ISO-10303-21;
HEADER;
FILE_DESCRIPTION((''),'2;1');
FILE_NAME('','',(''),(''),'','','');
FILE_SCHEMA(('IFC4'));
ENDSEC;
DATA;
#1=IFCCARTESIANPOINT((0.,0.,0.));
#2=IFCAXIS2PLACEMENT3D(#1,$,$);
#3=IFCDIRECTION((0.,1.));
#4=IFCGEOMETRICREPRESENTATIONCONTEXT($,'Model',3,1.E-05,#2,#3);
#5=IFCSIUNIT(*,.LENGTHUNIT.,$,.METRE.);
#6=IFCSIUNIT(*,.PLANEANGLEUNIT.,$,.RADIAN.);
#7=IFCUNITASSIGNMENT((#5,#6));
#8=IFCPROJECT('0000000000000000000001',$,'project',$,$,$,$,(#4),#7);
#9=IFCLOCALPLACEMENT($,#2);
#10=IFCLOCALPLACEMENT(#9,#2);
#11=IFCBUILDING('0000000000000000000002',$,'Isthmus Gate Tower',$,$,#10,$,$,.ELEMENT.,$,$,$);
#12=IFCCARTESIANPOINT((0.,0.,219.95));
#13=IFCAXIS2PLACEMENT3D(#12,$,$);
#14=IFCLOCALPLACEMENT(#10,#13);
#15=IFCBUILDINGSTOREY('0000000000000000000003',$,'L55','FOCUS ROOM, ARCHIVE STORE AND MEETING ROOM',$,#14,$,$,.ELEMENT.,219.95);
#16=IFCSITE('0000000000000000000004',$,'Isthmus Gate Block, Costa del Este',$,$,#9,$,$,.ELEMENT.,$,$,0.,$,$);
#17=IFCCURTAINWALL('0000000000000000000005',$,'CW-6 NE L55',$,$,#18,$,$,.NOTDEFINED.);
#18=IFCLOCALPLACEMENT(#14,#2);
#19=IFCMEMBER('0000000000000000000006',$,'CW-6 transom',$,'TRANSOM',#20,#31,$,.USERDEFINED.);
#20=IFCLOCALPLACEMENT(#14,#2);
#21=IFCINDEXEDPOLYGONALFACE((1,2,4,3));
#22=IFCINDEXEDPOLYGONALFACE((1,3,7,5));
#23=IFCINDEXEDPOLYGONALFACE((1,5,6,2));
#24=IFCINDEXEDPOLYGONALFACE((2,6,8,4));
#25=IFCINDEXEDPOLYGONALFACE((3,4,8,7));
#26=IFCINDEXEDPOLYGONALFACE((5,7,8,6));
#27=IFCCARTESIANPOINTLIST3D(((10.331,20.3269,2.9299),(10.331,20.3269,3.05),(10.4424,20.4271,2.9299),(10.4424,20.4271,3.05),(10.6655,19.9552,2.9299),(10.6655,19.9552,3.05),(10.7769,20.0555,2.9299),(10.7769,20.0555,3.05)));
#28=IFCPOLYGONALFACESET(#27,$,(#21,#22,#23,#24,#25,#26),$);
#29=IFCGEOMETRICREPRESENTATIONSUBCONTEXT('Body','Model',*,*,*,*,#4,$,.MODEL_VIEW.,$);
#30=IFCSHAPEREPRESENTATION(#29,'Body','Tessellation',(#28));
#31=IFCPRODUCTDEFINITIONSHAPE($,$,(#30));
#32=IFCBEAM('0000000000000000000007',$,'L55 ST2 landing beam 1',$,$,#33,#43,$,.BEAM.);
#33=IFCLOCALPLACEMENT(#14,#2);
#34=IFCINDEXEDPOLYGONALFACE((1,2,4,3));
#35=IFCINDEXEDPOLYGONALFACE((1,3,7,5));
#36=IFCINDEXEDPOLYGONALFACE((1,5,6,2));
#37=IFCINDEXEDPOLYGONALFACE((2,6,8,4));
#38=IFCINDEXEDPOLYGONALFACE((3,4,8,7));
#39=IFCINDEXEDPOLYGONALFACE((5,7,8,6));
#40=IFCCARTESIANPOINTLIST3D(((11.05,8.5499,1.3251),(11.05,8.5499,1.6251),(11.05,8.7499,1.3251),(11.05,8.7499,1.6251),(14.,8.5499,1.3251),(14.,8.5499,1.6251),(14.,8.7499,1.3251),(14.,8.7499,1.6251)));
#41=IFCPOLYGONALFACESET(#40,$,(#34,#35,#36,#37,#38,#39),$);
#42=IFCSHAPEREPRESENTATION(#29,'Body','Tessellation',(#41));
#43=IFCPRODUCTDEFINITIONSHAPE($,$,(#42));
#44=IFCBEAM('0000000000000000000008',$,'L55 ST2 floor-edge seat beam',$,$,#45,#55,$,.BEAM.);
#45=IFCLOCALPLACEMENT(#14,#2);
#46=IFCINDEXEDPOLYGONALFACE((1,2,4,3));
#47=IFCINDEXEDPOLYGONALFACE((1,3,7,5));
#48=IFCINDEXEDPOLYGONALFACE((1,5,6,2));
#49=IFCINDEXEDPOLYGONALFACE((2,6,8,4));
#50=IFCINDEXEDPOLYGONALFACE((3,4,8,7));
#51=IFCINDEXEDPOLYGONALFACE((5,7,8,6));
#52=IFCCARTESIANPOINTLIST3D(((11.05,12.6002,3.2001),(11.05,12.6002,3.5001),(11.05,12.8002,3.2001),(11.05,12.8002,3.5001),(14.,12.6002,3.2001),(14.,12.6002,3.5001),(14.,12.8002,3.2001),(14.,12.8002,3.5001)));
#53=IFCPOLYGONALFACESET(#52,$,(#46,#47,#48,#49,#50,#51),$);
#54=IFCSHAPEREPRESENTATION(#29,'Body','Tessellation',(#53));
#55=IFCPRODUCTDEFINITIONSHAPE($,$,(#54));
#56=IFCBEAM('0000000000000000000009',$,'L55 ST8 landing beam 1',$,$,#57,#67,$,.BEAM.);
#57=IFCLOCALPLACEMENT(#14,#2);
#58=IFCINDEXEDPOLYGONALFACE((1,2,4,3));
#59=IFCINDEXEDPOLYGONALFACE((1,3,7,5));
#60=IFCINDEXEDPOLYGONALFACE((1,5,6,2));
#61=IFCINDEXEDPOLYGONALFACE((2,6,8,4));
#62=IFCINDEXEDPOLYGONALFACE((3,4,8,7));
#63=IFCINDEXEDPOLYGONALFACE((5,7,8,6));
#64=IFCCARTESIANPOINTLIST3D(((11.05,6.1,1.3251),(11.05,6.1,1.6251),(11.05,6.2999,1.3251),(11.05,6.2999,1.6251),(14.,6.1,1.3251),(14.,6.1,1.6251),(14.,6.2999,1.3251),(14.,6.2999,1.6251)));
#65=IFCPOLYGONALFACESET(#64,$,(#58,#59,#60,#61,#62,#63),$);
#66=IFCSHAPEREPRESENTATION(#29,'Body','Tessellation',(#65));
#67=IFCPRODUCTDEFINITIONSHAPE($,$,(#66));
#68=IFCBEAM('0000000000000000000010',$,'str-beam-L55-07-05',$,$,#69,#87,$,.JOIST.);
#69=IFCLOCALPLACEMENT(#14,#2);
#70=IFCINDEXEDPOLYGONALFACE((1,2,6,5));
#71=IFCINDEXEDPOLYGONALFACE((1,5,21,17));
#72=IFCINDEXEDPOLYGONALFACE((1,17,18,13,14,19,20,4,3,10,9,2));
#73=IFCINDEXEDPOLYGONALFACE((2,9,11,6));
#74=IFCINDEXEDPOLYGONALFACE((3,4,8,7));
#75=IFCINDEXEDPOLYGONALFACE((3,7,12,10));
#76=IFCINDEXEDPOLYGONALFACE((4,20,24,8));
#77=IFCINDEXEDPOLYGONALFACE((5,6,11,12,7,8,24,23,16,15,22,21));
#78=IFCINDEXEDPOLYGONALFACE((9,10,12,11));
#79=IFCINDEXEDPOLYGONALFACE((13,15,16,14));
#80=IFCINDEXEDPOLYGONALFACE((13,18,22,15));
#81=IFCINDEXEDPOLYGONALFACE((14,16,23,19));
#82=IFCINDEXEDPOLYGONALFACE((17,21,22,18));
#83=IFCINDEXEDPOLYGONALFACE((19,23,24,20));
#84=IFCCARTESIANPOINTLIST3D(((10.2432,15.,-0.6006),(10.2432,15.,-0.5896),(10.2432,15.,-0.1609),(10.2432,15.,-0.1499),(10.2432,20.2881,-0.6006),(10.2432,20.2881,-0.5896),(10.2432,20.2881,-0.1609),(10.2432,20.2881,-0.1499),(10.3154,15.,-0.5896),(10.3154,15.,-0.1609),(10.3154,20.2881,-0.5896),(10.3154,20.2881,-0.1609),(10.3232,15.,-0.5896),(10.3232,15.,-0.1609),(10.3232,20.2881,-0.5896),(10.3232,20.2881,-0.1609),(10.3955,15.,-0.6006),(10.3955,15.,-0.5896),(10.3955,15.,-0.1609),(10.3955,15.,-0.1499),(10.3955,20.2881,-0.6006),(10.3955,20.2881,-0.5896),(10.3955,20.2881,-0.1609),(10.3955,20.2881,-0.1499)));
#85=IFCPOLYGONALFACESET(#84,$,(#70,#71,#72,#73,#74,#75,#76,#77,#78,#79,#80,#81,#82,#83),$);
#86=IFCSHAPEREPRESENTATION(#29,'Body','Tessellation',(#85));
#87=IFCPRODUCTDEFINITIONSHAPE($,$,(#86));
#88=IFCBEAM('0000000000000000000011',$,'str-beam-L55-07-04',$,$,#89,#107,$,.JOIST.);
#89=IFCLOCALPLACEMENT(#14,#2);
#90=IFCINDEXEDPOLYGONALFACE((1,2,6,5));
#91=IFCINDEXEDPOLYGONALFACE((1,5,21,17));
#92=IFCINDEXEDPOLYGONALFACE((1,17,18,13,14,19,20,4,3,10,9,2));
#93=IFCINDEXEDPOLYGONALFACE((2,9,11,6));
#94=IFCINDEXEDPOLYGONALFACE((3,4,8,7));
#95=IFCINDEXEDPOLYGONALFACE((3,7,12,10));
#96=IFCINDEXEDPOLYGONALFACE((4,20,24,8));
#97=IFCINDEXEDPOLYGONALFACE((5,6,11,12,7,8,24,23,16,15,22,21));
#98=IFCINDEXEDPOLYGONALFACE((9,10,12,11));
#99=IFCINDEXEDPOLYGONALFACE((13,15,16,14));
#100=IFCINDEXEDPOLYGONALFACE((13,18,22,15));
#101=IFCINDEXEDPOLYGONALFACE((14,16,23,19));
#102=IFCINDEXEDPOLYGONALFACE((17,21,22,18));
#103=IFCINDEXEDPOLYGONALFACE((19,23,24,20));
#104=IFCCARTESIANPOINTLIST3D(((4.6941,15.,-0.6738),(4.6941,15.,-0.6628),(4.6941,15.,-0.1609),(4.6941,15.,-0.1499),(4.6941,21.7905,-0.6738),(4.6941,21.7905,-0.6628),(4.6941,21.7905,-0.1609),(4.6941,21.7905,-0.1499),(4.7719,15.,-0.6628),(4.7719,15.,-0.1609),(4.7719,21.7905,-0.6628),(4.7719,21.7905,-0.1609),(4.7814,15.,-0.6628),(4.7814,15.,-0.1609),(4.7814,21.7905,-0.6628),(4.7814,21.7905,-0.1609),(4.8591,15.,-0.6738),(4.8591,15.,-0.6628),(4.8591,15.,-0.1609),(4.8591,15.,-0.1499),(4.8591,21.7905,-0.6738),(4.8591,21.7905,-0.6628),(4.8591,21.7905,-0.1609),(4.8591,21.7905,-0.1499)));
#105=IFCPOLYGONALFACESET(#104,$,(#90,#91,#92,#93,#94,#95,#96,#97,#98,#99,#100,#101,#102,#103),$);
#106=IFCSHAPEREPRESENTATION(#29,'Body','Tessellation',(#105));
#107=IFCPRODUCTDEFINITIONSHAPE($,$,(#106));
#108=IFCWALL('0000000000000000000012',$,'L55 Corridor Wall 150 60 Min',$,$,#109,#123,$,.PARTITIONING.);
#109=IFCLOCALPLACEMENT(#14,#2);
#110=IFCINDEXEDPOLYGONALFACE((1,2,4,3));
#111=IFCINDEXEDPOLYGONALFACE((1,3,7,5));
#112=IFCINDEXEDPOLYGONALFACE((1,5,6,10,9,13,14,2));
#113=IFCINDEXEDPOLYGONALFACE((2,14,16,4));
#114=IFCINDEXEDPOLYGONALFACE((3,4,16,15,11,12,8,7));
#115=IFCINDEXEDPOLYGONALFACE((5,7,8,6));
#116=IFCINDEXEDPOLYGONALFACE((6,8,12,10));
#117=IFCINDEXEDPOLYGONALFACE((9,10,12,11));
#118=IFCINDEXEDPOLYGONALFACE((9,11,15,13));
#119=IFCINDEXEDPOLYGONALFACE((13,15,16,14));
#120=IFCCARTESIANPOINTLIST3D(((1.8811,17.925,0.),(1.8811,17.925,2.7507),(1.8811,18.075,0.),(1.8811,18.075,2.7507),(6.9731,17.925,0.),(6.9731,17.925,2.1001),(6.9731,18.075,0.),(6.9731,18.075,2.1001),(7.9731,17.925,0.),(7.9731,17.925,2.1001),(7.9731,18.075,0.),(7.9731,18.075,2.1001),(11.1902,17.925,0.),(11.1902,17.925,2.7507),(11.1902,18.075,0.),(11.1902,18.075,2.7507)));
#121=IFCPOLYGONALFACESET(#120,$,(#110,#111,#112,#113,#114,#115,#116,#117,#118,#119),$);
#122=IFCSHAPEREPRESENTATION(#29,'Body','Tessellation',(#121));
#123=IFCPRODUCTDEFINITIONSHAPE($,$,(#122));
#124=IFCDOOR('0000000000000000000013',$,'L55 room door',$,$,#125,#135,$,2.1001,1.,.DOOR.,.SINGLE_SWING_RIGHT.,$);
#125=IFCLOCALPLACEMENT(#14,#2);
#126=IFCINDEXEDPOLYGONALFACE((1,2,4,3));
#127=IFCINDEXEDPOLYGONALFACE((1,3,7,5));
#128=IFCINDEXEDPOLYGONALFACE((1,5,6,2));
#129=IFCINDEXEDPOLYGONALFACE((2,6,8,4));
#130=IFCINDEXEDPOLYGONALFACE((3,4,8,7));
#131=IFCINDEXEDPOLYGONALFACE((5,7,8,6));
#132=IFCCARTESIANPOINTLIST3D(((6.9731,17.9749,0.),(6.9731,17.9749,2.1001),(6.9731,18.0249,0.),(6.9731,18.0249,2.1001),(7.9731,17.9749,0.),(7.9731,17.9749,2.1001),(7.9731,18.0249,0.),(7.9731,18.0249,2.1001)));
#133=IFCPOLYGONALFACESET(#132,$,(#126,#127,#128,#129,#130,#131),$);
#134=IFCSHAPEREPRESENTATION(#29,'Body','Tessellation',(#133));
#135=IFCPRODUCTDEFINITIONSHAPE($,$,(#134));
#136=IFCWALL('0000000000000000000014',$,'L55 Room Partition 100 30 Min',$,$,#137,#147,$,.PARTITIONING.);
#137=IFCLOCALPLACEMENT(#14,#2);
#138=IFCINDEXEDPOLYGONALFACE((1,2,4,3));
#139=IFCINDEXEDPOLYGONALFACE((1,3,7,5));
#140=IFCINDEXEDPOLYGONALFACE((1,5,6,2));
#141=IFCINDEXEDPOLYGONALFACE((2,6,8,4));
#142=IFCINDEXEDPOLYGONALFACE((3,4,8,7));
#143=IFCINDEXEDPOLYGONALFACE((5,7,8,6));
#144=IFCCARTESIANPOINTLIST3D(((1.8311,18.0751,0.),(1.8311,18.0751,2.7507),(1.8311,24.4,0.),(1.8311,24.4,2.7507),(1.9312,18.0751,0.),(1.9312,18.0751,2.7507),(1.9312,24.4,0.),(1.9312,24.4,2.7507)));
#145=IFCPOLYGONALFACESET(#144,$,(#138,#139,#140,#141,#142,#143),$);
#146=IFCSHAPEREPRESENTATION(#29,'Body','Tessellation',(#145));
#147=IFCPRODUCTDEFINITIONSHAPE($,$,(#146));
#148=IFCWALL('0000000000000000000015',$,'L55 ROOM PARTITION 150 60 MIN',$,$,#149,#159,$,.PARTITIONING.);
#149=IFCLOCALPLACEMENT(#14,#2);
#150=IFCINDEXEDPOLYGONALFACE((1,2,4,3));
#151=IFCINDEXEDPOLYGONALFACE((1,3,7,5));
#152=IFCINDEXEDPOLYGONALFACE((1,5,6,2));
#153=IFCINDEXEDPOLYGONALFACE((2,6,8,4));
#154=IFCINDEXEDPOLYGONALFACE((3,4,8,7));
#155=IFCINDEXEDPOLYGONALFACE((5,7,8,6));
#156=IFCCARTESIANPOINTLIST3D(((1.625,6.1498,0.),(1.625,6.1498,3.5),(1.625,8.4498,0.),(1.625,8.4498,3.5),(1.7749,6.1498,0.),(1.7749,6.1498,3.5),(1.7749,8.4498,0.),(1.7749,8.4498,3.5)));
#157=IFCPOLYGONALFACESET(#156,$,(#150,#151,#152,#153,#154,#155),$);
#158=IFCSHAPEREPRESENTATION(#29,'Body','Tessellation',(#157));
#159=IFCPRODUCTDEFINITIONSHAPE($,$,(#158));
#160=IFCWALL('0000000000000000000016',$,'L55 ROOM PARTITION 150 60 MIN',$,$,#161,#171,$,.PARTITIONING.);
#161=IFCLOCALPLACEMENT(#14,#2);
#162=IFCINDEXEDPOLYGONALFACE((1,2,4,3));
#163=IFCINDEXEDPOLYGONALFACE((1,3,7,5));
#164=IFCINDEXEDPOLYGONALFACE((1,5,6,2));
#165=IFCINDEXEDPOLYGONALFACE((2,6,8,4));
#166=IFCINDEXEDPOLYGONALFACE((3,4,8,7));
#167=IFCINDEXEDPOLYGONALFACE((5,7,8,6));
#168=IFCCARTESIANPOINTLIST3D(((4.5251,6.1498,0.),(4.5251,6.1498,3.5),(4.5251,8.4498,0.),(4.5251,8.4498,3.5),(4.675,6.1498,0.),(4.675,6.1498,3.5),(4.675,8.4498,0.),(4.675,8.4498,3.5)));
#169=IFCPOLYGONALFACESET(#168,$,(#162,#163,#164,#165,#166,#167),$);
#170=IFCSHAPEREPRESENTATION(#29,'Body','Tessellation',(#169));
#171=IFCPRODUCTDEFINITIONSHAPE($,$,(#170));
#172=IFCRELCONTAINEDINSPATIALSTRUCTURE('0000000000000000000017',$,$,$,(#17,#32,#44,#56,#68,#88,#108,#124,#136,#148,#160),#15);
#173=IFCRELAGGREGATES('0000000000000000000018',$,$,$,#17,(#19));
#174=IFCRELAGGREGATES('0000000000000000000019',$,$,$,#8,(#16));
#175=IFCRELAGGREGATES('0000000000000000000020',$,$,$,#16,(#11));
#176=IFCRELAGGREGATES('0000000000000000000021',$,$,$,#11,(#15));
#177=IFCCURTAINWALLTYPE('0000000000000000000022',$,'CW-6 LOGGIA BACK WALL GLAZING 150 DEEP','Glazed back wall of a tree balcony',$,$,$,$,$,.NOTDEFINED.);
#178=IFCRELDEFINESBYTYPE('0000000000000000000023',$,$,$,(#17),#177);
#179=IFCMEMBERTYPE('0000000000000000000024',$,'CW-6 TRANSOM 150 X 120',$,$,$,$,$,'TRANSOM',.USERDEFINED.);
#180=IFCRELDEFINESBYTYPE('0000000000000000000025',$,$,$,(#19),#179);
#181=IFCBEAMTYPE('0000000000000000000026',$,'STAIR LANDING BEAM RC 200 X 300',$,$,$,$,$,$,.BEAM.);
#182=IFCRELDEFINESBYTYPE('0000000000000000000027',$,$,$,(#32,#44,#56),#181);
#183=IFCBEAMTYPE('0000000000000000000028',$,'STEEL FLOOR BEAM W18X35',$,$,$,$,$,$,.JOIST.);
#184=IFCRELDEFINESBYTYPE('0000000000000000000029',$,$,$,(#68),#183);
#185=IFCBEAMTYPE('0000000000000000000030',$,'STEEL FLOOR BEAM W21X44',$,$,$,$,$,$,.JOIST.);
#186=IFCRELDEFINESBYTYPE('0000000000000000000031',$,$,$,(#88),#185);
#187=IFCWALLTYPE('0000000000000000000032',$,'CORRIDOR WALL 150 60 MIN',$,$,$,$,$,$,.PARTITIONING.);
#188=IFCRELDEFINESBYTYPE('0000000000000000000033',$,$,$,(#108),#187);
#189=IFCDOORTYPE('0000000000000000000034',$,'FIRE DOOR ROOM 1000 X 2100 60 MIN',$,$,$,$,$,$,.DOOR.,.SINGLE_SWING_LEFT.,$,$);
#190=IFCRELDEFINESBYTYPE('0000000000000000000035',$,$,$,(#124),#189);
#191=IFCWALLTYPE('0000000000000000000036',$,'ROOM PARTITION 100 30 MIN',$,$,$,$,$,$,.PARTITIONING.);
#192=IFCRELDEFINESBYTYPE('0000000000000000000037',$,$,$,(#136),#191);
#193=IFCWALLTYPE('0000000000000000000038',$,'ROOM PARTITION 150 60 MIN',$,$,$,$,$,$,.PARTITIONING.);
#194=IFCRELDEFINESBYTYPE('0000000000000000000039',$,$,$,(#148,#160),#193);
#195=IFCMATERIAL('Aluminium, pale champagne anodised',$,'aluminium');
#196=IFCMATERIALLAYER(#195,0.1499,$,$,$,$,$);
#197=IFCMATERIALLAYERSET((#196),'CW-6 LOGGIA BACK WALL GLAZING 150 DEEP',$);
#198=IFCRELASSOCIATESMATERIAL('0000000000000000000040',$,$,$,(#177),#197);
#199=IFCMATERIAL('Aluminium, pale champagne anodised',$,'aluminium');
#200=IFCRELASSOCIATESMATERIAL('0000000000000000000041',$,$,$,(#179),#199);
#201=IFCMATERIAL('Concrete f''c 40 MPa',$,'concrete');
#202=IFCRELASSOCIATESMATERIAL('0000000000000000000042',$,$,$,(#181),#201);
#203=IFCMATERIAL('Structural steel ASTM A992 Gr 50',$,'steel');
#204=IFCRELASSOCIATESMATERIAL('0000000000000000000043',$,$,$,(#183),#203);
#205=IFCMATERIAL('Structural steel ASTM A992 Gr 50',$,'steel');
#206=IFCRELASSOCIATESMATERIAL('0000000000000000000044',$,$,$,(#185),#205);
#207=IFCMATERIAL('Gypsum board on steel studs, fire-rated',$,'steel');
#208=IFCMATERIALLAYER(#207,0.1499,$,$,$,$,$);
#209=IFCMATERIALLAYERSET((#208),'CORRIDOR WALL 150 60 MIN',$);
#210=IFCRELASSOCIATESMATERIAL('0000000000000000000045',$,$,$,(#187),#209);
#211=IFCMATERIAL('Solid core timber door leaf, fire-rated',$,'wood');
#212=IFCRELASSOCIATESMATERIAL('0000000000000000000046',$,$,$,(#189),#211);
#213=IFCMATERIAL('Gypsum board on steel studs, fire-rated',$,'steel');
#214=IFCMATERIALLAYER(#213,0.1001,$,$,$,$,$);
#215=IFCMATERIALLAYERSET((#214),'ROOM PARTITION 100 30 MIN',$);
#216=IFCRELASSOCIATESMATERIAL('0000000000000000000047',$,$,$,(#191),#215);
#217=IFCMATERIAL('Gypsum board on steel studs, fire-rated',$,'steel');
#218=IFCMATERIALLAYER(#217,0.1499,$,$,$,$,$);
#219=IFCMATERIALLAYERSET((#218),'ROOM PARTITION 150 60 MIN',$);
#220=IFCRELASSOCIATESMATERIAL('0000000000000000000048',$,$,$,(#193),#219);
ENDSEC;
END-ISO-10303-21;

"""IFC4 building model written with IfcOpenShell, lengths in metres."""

from ifc_helpers import new_model, si_unit, direction, frame, frame_2d, origin, origin_2d, place, context, subcontext, project, spatial, rectangle, i_section, extrude, material, layer, layer_set, material_profile, profile_set, type_object, element, fill, aggregate, save


model = new_model("IFC4")

# Units and contexts
model_context = context("Model", 3, precision=1e-05, world=origin(), true_north=direction((0.0, 1.0)))
body_context = subcontext(model_context, "Body", "Model", "MODEL_VIEW")
ifc_project = project(units=[si_unit("LENGTHUNIT", "METRE"), si_unit("PLANEANGLEUNIT", "RADIAN")], contexts=[model_context])

# Site, building, storey
site_placement = place(None, origin())
site = spatial("IfcSite", under=ifc_project, at=site_placement, Name="Isthmus Gate Block, Costa del Este", CompositionType="ELEMENT", RefElevation=0.0)
building_placement = place(site_placement, origin())
building = spatial("IfcBuilding", under=site, at=building_placement, Name="Isthmus Gate Tower", CompositionType="ELEMENT")
storey_placement = place(building_placement, frame((0.0, 0.0, 219.95)))
storey = spatial("IfcBuildingStorey", under=building, at=storey_placement, Name="L55", Description="FOCUS ROOM, ARCHIVE STORE AND MEETING ROOM", CompositionType="ELEMENT", Elevation=219.95)

# Curtain wall, member
ifc_material_1 = material(Name="Aluminium, pale champagne anodised", Category="aluminium")
ifc_layer_1 = layer(ifc_material_1, 0.1499)
ifc_layer_set_1 = layer_set([ifc_layer_1], Name="CW-6 LOGGIA BACK WALL GLAZING 150 DEEP")
curtain_wall_type = type_object("IfcCurtainWallType", Name="CW-6 LOGGIA BACK WALL GLAZING 150 DEEP", Description="Glazed back wall of a tree balcony", PredefinedType="NOTDEFINED", material=ifc_layer_set_1)
curtain_wall_placement = place(storey_placement, origin())
curtain_wall = element("IfcCurtainWall", 1, at=curtain_wall_placement, inside=storey, type_object=curtain_wall_type, Name="CW-6 NE L55", PredefinedType="NOTDEFINED")
ifc_material_2 = material(Name="Aluminium, pale champagne anodised", Category="aluminium")
ifc_material_profile_1 = material_profile(ifc_material_2, rectangle(XDim=0.1499, YDim=0.1201, at=origin_2d()), Name="150x120")
ifc_profile_set_1 = profile_set([ifc_material_profile_1], Name="Aluminium, pale champagne anodised")
member_type = type_object("IfcMemberType", Name="CW-6 TRANSOM 150 X 120", ElementType="TRANSOM", PredefinedType="USERDEFINED", material=ifc_profile_set_1)
member_placement = place(storey_placement, frame((10.7212, 20.0054, 2.99), z_axis=(-0.669019, 0.743246, 0.0), x_axis=(-0.743246, -0.669019, 0.0)))
member = element("IfcMember", 2, at=member_placement, type_object=member_type, Name="CW-6 transom", ObjectType="TRANSOM", PredefinedType="USERDEFINED", context=body_context, shape_type="SweptSolid", body=[
    extrude(rectangle(XDim=0.1499, YDim=0.1201, at=origin_2d()), origin(), (0.0, 0.0, 1.0), 0.5),
])
aggregate(curtain_wall, [member])

# Beams
ifc_material_3 = material(Name="Concrete f'c 40 MPa", Category="concrete")
ifc_material_profile_2 = material_profile(ifc_material_3, rectangle(XDim=0.2, YDim=0.3, at=origin_2d()), Name="STAIR LANDING BEAM RC 200 X 300")
ifc_profile_set_2 = profile_set([ifc_material_profile_2], Name="Concrete f'c 40 MPa")
beam_type_1 = type_object("IfcBeamType", Name="STAIR LANDING BEAM RC 200 X 300", PredefinedType="BEAM", material=ifc_profile_set_2)
for number, where, z_axis, x_axis, name in (
    (3, (11.05, 8.6499, 1.4751), (1.0, 0.0, 0.0), (0.0, 1.0, 0.0), "L55 ST2 landing beam 1"),
    (4, (11.05, 12.7002, 3.3501), (1.0, 0.0, 0.0), (0.0, 1.0, 0.0), "L55 ST2 floor-edge seat beam"),
    (5, (11.05, 6.2, 1.4751), (1.0, 0.0, 0.0), (0.0, 1.0, 0.0), "L55 ST8 landing beam 1"),
):
    element("IfcBeam", number, at=place(storey_placement, frame(where, z_axis=z_axis, x_axis=x_axis)), inside=storey, type_object=beam_type_1, Name=name, PredefinedType="BEAM", context=body_context, shape_type="SweptSolid", body=[
        extrude(rectangle(XDim=0.2, YDim=0.3, at=origin_2d()), origin(), (0.0, 0.0, 1.0), 2.95),
    ])
ifc_material_4 = material(Name="Structural steel ASTM A992 Gr 50", Category="steel")
ifc_material_profile_3 = material_profile(ifc_material_4, i_section(OverallWidth=0.1523, OverallDepth=0.4507, WebThickness=0.0078, FlangeThickness=0.011, at=origin_2d()), Name="W18X35")
ifc_profile_set_3 = profile_set([ifc_material_profile_3], Name="Structural steel ASTM A992 Gr 50")
beam_type_2 = type_object("IfcBeamType", Name="STEEL FLOOR BEAM W18X35", PredefinedType="JOIST", material=ifc_profile_set_3)
beam_1_placement = place(storey_placement, frame((10.3193, 15.0, -0.3752), z_axis=(0.0, 1.0, 0.0), x_axis=(-1.0, 0.0, 0.0)))
element("IfcBeam", 6, at=beam_1_placement, inside=storey, type_object=beam_type_2, Name="str-beam-L55-07-05", PredefinedType="JOIST", context=body_context, shape_type="SweptSolid", body=[
    extrude(i_section(OverallWidth=0.1523, OverallDepth=0.4507, WebThickness=0.0078, FlangeThickness=0.011, at=origin_2d()), origin(), (0.0, 0.0, 1.0), 5.2881),
])
ifc_material_5 = material(Name="Structural steel ASTM A992 Gr 50", Category="steel")
ifc_material_profile_4 = material_profile(ifc_material_5, i_section(OverallWidth=0.165, OverallDepth=0.5239, WebThickness=0.0095, FlangeThickness=0.011, at=origin_2d()), Name="W21X44")
ifc_profile_set_4 = profile_set([ifc_material_profile_4], Name="Structural steel ASTM A992 Gr 50")
beam_type_3 = type_object("IfcBeamType", Name="STEEL FLOOR BEAM W21X44", PredefinedType="JOIST", material=ifc_profile_set_4)
beam_2_placement = place(storey_placement, frame((4.7766, 15.0, -0.4119), z_axis=(0.0, 1.0, 0.0), x_axis=(-1.0, 0.0, 0.0)))
element("IfcBeam", 7, at=beam_2_placement, inside=storey, type_object=beam_type_3, Name="str-beam-L55-07-04", PredefinedType="JOIST", context=body_context, shape_type="SweptSolid", body=[
    extrude(i_section(OverallWidth=0.165, OverallDepth=0.5239, WebThickness=0.0095, FlangeThickness=0.011, at=origin_2d()), origin(), (0.0, 0.0, 1.0), 6.7905),
])

# Wall, opening, door
ifc_material_6 = material(Name="Gypsum board on steel studs, fire-rated", Category="steel")
ifc_layer_2 = layer(ifc_material_6, 0.1499)
ifc_layer_set_2 = layer_set([ifc_layer_2], Name="CORRIDOR WALL 150 60 MIN")
wall_type_1 = type_object("IfcWallType", Name="CORRIDOR WALL 150 60 MIN", PredefinedType="PARTITIONING", material=ifc_layer_set_2)
wall_1_placement = place(storey_placement, frame((1.8811, 18.0, 0.0), z_axis=(0.0, 0.0, 1.0), x_axis=(1.0, 0.0, 0.0)))
wall_1 = element("IfcWall", 8, at=wall_1_placement, inside=storey, type_object=wall_type_1, Name="L55 Corridor Wall 150 60 Min", PredefinedType="PARTITIONING", context=body_context, shape_type="SweptSolid", body=[
    extrude(rectangle(XDim=9.3091, YDim=0.1499, at=frame_2d((4.6545, 0.0))), origin(), (0.0, 0.0, 1.0), 2.7507),
])
opening_1_placement = place(wall_1_placement, frame((5.092, 0.0, 0.0)))
opening_1 = element("IfcOpeningElement", 9, at=opening_1_placement, cuts=wall_1, PredefinedType="OPENING", context=body_context, shape_type="SweptSolid", body=[
    extrude(rectangle(XDim=1.0, YDim=2.1001, at=frame_2d((0.5, 1.05))), frame((0.0, 0.085, 0.0), z_axis=(0.0, -1.0, 0.0), x_axis=(1.0, 0.0, 0.0)), (0.0, 0.0, 1.0), 0.1699),
])
ifc_material_7 = material(Name="Solid core timber door leaf, fire-rated", Category="wood")
door_type_1 = type_object("IfcDoorType", Name="FIRE DOOR ROOM 1000 X 2100 60 MIN", OperationType="SINGLE_SWING_LEFT", PredefinedType="DOOR", material=ifc_material_7)
door_1_placement = place(opening_1_placement, origin())
door_1 = element("IfcDoor", 10, at=door_1_placement, inside=storey, type_object=door_type_1, Name="L55 room door", OperationType="SINGLE_SWING_RIGHT", OverallHeight=2.1001, OverallWidth=1.0, PredefinedType="DOOR", context=body_context, shape_type="SweptSolid", body=[
    extrude(rectangle(XDim=1.0, YDim=2.1001, at=frame_2d((0.5, 1.05))), frame((0.0, 0.0249, 0.0), z_axis=(0.0, -1.0, 0.0), x_axis=(1.0, 0.0, 0.0)), (0.0, 0.0, 1.0), 0.05),
])
fill(opening_1, door_1)

# Walls
ifc_material_8 = material(Name="Gypsum board on steel studs, fire-rated", Category="steel")
ifc_layer_3 = layer(ifc_material_8, 0.1001)
ifc_layer_set_3 = layer_set([ifc_layer_3], Name="ROOM PARTITION 100 30 MIN")
wall_type_2 = type_object("IfcWallType", Name="ROOM PARTITION 100 30 MIN", PredefinedType="PARTITIONING", material=ifc_layer_set_3)
wall_2_placement = place(storey_placement, frame((1.8811, 18.075, 0.0), z_axis=(0.0, 0.0, 1.0), x_axis=(0.0, 1.0, 0.0)))
element("IfcWall", 11, at=wall_2_placement, inside=storey, type_object=wall_type_2, Name="L55 Room Partition 100 30 Min", PredefinedType="PARTITIONING", context=body_context, shape_type="SweptSolid", body=[
    extrude(rectangle(XDim=6.325, YDim=0.1001, at=frame_2d((3.1626, 0.0))), origin(), (0.0, 0.0, 1.0), 2.7507),
])
ifc_material_9 = material(Name="Gypsum board on steel studs, fire-rated", Category="steel")
ifc_layer_4 = layer(ifc_material_9, 0.1499)
ifc_layer_set_4 = layer_set([ifc_layer_4], Name="ROOM PARTITION 150 60 MIN")
wall_type_3 = type_object("IfcWallType", Name="ROOM PARTITION 150 60 MIN", PredefinedType="PARTITIONING", material=ifc_layer_set_4)
for number, where, z_axis, x_axis, name in (
    (12, (1.7, 6.1499, 0.0), (0.0, 0.0, 1.0), (0.0, 1.0, 0.0), "L55 ROOM PARTITION 150 60 MIN"),
    (13, (4.6001, 6.1499, 0.0), (0.0, 0.0, 1.0), (0.0, 1.0, 0.0), "L55 ROOM PARTITION 150 60 MIN"),
):
    element("IfcWall", number, at=place(storey_placement, frame(where, z_axis=z_axis, x_axis=x_axis)), inside=storey, type_object=wall_type_3, Name=name, PredefinedType="PARTITIONING", context=body_context, shape_type="SweptSolid", body=[
        extrude(rectangle(XDim=2.3, YDim=0.1499, at=frame_2d((1.1499, 0.0))), origin(), (0.0, 0.0, 1.0), 3.5),
    ])

save(model, "model.ifc")
